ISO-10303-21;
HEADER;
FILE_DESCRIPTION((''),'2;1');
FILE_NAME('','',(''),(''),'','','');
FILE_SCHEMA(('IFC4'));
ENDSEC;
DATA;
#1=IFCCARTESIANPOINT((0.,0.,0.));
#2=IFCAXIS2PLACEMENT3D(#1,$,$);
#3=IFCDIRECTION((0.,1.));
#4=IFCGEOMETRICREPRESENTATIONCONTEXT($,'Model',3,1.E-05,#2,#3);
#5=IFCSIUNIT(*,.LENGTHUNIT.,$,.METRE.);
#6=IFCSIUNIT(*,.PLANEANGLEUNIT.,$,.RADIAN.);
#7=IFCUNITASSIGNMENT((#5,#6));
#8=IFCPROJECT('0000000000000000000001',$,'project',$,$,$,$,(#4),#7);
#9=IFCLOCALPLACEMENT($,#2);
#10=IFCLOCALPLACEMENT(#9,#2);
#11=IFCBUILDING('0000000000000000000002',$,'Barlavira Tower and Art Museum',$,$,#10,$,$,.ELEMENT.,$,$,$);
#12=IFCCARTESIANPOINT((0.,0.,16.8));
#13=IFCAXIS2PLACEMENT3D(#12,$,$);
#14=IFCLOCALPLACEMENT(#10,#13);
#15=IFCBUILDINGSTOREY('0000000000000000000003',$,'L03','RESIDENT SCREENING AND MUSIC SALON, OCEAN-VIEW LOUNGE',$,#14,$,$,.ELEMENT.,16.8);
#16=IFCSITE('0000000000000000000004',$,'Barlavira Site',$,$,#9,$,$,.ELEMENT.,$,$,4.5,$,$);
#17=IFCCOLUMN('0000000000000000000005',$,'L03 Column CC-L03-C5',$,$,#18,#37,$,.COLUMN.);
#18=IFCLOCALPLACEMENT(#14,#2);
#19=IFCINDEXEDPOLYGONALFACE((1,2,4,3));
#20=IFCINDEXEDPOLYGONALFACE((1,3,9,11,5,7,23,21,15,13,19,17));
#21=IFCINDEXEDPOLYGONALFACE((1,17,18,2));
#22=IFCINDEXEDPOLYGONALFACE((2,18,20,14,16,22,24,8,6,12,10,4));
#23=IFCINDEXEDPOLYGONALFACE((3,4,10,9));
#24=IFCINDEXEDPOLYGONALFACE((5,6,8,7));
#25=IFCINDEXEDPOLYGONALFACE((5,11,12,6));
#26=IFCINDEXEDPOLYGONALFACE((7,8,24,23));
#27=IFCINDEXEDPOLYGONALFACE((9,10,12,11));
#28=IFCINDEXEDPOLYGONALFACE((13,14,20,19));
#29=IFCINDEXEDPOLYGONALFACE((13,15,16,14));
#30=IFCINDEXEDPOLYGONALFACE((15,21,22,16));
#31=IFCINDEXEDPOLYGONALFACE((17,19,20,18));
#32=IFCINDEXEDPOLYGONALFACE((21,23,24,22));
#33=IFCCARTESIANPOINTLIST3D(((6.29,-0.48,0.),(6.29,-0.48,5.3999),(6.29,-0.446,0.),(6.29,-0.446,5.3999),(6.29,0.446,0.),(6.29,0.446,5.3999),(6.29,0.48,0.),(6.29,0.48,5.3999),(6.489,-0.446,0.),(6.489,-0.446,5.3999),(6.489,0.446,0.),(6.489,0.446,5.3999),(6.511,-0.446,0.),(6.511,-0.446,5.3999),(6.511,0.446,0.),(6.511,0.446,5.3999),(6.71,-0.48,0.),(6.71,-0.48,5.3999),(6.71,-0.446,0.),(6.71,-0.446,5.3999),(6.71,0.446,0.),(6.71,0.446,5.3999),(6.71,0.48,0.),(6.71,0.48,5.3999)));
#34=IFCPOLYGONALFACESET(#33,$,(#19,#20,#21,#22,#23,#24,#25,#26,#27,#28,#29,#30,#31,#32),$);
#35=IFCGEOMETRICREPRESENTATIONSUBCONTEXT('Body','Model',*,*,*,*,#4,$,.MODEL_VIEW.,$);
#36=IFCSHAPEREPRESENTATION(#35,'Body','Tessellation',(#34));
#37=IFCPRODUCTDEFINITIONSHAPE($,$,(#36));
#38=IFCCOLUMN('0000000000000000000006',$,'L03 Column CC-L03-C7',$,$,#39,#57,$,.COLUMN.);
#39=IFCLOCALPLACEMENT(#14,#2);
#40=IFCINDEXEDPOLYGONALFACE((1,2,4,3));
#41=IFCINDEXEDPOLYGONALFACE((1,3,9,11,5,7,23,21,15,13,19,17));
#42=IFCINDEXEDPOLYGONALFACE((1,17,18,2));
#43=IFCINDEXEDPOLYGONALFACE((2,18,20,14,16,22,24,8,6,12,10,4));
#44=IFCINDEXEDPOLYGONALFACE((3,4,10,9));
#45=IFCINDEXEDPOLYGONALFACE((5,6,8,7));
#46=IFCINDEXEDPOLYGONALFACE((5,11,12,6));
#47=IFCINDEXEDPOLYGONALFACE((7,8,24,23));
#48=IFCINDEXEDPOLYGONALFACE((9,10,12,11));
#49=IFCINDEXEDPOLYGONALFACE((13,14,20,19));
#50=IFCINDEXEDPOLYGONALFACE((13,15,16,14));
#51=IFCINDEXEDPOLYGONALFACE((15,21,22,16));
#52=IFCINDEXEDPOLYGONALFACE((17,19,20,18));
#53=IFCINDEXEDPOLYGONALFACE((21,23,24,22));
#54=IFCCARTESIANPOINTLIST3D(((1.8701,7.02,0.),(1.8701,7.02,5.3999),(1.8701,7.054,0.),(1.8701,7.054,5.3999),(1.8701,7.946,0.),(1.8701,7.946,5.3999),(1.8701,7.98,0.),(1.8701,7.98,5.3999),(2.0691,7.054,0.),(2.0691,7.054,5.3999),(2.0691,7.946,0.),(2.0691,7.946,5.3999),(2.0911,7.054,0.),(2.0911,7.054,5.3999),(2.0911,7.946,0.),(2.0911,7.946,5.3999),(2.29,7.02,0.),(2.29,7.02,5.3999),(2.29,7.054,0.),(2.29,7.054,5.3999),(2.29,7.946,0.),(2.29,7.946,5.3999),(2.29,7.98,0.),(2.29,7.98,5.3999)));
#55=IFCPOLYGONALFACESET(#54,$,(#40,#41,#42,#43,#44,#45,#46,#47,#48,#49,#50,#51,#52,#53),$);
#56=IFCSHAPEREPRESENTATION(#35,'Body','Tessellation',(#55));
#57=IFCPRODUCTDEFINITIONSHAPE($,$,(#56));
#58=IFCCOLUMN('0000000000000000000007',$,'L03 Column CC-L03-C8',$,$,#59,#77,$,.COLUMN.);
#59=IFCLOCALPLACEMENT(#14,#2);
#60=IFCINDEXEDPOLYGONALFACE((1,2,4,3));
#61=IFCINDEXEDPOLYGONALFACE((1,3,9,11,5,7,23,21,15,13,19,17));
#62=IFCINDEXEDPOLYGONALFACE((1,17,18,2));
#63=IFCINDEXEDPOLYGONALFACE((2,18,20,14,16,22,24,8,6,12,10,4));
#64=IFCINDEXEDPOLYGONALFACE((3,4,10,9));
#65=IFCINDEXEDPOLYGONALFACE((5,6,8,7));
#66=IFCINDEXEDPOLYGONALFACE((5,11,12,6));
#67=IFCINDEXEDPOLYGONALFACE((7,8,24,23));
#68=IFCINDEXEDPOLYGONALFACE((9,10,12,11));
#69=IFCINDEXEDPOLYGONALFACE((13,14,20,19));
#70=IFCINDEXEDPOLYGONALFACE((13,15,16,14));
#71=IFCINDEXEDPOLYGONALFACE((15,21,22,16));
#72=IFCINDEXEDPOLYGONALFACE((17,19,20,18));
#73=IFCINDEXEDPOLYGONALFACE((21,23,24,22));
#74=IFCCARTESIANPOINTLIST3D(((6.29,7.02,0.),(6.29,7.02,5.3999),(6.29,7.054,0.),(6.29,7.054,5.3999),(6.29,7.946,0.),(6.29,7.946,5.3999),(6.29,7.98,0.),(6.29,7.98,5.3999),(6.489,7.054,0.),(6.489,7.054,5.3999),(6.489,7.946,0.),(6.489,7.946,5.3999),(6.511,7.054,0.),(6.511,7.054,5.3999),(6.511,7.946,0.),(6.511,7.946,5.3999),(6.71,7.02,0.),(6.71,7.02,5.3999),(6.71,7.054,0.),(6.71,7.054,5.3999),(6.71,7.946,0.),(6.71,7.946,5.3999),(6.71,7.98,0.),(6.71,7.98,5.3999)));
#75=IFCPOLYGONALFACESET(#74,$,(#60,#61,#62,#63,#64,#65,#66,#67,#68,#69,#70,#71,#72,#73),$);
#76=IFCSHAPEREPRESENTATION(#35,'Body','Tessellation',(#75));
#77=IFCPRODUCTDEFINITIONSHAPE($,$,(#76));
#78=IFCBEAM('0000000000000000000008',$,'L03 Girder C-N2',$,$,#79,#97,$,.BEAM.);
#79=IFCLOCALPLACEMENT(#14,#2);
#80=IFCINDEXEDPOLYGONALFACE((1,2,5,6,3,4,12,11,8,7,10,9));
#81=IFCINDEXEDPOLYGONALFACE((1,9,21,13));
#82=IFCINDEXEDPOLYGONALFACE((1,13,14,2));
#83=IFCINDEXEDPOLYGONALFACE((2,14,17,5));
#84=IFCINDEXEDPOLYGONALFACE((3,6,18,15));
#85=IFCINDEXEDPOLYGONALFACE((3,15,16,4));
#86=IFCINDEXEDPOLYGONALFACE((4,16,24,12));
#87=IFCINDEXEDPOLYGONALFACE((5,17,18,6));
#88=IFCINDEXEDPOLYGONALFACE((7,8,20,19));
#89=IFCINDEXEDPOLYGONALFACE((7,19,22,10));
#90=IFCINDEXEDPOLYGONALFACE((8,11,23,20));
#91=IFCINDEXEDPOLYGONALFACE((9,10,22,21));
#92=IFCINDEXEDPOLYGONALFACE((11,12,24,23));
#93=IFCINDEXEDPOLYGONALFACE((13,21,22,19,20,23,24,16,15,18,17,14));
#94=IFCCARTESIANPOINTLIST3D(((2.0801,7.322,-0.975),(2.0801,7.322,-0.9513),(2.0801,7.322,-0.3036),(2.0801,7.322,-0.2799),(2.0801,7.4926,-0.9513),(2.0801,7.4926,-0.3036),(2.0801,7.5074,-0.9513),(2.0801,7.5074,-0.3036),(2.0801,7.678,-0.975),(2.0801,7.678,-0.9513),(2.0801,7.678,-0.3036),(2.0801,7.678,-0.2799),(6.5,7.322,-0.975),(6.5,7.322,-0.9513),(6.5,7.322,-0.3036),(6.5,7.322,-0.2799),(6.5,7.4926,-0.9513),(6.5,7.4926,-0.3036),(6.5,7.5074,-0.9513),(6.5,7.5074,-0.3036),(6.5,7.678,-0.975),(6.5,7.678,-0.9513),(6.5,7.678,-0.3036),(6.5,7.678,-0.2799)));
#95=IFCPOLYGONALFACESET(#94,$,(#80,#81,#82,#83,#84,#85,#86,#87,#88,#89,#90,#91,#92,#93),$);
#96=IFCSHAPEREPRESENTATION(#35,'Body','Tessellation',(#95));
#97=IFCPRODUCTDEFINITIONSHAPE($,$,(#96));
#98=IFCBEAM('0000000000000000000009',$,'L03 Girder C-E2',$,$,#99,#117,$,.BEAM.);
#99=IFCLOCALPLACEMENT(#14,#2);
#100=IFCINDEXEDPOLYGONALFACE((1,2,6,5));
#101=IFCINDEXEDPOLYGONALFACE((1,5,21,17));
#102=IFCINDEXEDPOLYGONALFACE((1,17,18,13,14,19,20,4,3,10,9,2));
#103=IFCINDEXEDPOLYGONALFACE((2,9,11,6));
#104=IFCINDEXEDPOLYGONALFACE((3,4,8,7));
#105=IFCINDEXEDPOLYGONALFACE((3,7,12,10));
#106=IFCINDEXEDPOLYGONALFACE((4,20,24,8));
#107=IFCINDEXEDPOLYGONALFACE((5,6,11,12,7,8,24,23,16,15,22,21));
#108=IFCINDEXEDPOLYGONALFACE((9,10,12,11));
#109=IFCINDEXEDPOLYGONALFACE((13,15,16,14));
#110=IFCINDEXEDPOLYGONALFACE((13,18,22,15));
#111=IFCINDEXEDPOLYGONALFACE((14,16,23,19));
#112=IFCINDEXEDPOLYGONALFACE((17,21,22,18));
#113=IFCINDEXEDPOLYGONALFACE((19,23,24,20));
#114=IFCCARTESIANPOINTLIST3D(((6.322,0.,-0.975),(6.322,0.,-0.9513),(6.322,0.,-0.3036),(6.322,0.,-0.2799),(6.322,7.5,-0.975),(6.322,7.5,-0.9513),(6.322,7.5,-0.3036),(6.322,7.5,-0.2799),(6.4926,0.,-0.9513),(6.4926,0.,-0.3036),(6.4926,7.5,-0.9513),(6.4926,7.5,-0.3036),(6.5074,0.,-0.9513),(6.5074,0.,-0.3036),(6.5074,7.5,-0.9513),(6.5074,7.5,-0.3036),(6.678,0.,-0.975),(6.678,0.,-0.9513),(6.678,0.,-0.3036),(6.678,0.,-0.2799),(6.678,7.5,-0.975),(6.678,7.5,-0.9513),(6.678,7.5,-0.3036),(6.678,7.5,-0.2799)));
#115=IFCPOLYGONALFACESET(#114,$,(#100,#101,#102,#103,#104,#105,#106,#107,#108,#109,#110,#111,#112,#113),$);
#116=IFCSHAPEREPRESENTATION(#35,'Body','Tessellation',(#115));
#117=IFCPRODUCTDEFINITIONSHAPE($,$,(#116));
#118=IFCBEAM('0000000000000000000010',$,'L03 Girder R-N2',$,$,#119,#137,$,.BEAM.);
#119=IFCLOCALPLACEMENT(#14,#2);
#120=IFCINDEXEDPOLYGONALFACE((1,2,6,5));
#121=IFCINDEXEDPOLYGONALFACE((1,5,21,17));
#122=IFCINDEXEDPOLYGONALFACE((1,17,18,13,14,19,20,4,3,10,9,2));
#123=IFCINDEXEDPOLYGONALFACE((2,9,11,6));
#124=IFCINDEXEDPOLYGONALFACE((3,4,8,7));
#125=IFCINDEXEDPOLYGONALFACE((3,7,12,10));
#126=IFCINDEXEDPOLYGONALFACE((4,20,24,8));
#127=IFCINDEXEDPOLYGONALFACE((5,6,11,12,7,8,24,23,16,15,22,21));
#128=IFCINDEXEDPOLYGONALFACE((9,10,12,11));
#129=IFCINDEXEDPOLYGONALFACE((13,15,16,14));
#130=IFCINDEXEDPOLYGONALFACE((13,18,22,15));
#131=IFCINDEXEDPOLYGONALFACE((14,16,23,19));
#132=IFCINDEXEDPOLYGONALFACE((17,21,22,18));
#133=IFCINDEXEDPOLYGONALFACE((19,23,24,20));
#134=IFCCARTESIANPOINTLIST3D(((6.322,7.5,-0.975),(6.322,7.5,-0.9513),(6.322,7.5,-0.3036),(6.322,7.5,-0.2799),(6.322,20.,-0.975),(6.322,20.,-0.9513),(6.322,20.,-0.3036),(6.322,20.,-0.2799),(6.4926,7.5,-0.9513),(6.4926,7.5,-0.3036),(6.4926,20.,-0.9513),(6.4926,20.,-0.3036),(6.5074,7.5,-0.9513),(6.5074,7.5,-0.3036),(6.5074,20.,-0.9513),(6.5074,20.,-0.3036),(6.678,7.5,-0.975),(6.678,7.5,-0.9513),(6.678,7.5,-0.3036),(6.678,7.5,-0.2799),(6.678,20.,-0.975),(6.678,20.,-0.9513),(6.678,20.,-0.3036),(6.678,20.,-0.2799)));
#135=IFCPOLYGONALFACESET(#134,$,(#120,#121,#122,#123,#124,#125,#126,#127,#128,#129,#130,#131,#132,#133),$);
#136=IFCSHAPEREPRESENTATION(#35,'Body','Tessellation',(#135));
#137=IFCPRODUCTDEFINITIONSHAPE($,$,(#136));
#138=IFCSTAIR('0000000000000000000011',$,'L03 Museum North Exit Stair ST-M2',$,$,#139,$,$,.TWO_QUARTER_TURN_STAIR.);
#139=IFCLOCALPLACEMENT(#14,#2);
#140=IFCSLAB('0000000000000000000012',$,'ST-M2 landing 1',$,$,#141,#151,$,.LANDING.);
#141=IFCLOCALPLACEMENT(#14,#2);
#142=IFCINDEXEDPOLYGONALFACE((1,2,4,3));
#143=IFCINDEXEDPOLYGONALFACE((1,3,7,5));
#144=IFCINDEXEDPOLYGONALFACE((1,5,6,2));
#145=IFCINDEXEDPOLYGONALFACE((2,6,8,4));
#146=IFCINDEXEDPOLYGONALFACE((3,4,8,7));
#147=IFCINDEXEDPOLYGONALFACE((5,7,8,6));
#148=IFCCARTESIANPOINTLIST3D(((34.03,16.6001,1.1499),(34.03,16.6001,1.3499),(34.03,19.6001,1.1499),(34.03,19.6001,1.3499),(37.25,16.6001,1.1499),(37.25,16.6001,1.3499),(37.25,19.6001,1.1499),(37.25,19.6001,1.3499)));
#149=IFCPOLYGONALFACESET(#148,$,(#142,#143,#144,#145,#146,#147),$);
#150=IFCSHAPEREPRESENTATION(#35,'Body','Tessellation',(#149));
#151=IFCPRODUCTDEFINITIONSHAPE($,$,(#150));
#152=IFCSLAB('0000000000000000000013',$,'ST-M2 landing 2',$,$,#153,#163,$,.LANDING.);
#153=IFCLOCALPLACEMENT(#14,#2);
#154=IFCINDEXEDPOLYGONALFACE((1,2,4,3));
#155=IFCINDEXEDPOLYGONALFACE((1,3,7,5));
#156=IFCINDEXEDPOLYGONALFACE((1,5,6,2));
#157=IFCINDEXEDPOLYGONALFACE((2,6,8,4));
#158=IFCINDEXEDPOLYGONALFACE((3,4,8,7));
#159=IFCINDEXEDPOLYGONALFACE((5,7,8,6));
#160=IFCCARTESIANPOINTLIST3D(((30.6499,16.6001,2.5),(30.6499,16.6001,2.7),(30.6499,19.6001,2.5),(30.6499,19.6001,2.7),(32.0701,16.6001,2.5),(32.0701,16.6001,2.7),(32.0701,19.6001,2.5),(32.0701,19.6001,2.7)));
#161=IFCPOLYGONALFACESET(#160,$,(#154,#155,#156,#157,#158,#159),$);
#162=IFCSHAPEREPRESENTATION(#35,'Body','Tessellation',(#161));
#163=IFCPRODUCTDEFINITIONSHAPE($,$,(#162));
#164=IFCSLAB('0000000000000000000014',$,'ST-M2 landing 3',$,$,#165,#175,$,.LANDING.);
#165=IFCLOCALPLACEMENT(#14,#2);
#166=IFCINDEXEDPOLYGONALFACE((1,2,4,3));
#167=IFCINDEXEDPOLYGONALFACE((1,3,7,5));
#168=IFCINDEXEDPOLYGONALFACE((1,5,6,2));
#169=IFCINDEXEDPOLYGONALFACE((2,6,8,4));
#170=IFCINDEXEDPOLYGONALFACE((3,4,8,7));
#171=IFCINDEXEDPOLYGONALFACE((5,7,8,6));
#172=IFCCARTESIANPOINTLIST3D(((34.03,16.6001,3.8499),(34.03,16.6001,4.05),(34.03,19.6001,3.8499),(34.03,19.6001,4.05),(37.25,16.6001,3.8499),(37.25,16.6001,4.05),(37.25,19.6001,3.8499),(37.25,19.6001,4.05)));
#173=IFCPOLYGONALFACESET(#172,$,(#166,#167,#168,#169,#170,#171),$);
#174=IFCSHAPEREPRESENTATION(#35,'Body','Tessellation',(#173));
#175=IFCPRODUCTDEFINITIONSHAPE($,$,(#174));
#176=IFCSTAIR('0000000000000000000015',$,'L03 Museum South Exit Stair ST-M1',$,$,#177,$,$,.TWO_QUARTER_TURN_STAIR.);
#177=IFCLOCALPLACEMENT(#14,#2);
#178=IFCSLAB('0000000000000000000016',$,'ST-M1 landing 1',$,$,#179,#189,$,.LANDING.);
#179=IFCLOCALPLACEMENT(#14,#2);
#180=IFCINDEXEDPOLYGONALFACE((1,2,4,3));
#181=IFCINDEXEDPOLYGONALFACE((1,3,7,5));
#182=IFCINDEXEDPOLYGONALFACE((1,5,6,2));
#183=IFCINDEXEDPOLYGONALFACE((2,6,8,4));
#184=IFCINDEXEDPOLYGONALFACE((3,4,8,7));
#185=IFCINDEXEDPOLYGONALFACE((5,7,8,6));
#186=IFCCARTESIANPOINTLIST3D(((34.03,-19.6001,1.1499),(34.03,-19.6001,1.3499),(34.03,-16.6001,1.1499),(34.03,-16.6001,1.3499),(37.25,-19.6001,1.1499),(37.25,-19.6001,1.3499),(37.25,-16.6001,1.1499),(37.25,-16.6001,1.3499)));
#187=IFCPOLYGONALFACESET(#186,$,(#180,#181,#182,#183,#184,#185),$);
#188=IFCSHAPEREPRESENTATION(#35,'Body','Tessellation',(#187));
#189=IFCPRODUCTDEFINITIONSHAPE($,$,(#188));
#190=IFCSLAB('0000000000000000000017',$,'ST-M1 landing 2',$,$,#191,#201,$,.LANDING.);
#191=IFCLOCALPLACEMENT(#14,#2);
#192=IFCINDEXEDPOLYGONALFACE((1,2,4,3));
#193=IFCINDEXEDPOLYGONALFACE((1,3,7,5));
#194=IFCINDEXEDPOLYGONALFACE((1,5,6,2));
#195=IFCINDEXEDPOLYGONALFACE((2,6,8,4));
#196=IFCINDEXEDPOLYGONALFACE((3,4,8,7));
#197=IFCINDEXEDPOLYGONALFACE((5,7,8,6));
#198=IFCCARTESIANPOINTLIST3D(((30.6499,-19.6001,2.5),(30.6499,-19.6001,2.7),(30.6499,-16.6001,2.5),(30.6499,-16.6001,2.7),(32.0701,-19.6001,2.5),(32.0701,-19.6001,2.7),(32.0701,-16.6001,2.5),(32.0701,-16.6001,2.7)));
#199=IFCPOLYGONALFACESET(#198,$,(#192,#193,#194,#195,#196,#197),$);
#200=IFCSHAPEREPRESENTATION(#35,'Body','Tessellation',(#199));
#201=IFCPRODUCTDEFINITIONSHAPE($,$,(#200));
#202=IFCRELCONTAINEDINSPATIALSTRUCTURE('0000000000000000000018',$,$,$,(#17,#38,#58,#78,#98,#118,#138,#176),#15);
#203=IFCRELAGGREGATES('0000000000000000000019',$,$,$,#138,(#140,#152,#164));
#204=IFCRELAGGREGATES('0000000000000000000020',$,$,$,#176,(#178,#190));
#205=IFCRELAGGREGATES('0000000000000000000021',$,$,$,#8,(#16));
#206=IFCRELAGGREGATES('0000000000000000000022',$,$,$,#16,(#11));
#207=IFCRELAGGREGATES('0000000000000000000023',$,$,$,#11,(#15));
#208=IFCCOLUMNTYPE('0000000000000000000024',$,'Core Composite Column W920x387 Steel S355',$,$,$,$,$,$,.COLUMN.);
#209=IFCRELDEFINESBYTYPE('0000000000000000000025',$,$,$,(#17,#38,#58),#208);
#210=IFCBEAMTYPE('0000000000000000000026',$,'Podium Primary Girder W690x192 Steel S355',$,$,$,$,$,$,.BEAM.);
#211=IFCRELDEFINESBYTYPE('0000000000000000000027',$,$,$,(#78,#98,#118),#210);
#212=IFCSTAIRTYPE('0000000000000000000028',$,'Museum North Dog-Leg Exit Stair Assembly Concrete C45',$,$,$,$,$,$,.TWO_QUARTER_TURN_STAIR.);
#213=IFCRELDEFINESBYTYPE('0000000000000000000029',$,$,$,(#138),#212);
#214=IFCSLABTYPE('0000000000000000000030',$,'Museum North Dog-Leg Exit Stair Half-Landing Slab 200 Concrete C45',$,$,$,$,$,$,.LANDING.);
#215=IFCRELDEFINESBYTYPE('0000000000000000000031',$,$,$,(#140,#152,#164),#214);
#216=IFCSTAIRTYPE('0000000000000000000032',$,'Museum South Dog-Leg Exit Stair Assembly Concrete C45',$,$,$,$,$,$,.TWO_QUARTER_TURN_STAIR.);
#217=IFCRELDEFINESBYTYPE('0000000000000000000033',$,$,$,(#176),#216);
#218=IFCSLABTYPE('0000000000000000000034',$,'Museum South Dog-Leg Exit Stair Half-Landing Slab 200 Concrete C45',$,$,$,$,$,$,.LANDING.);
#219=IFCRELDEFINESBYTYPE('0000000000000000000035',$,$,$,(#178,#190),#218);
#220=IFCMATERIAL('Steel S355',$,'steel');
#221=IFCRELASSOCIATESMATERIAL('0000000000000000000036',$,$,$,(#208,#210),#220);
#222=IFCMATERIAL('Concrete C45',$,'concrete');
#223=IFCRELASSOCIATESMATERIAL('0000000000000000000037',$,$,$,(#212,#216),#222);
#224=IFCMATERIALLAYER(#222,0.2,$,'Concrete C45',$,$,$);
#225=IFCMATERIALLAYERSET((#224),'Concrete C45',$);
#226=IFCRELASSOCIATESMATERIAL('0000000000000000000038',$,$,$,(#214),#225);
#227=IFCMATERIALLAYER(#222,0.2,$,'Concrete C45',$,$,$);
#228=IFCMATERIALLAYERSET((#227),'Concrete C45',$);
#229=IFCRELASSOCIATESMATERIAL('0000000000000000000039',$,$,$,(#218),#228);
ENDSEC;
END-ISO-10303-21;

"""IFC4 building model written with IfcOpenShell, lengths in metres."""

from ifc_helpers import new_model, si_unit, direction, frame, origin, origin_2d, place, context, subcontext, project, spatial, polyline, i_section, outline, extrude, material, layer, layer_set, material_profile, profile_set, type_object, element, aggregate, save


model = new_model("IFC4")

# Units and contexts
model_context = context("Model", 3, precision=1e-05, world=origin(), true_north=direction((0.0, 1.0)))
body_context = subcontext(model_context, "Body", "Model", "MODEL_VIEW")
ifc_project = project(units=[si_unit("LENGTHUNIT", "METRE"), si_unit("PLANEANGLEUNIT", "RADIAN")], contexts=[model_context])

# Site, building, storey
site_placement = place(None, origin())
site = spatial("IfcSite", under=ifc_project, at=site_placement, Name="Barlavira Site", CompositionType="ELEMENT", RefElevation=4.5)
building_placement = place(site_placement, origin())
building = spatial("IfcBuilding", under=site, at=building_placement, Name="Barlavira Tower and Art Museum", CompositionType="ELEMENT")
storey_placement = place(building_placement, frame((0.0, 0.0, 16.8)))
storey = spatial("IfcBuildingStorey", under=building, at=storey_placement, Name="L03", Description="RESIDENT SCREENING AND MUSIC SALON, OCEAN-VIEW LOUNGE", CompositionType="ELEMENT", Elevation=16.8)

# Columns
ifc_material_1 = material(Name="Steel S355", Category="steel")
ifc_material_profile_1 = material_profile(ifc_material_1, i_section(OverallWidth=0.4199, OverallDepth=0.96, WebThickness=0.022, FlangeThickness=0.0339, at=origin_2d()), Name="W920x387.0")
ifc_profile_set_1 = profile_set([ifc_material_profile_1], Name="Steel S355")
column_type = type_object("IfcColumnType", Name="Core Composite Column W920x387 Steel S355", PredefinedType="COLUMN", material=ifc_profile_set_1)
for number, where, z_axis, x_axis, name in (
    (1, (6.5, 0.0, 0.0), (0.0, 0.0, 1.0), (1.0, 0.0, 0.0), "L03 Column CC-L03-C5"),
    (2, (2.0801, 7.5, 0.0), (0.0, 0.0, 1.0), (1.0, 0.0, 0.0), "L03 Column CC-L03-C7"),
    (3, (6.5, 7.5, 0.0), (0.0, 0.0, 1.0), (1.0, 0.0, 0.0), "L03 Column CC-L03-C8"),
):
    element("IfcColumn", number, at=place(storey_placement, frame(where, z_axis=z_axis, x_axis=x_axis)), inside=storey, type_object=column_type, Name=name, PredefinedType="COLUMN", context=body_context, shape_type="SweptSolid", body=[
        extrude(i_section(OverallWidth=0.4199, OverallDepth=0.96, WebThickness=0.022, FlangeThickness=0.0339, at=origin_2d()), origin(), (0.0, 0.0, 1.0), 5.3999),
    ])

# Beams
ifc_material_profile_2 = material_profile(ifc_material_1, i_section(OverallWidth=0.356, OverallDepth=0.6951, WebThickness=0.0149, FlangeThickness=0.0237, at=origin_2d()), Name="W690x192.0")
ifc_profile_set_2 = profile_set([ifc_material_profile_2], Name="Steel S355")
beam_type = type_object("IfcBeamType", Name="Podium Primary Girder W690x192 Steel S355", PredefinedType="BEAM", material=ifc_profile_set_2)
beam_1_placement = place(storey_placement, frame((2.0801, 7.5, -0.6274), z_axis=(1.0, 0.0, 0.0), x_axis=(0.0, 1.0, 0.0)))
element("IfcBeam", 4, at=beam_1_placement, inside=storey, type_object=beam_type, Name="L03 Girder C-N2", PredefinedType="BEAM", context=body_context, shape_type="SweptSolid", body=[
    extrude(i_section(OverallWidth=0.356, OverallDepth=0.6951, WebThickness=0.0149, FlangeThickness=0.0237, at=origin_2d()), origin(), (0.0, 0.0, 1.0), 4.4199),
])
beam_2_placement = place(storey_placement, frame((6.5, 0.0, -0.6274), z_axis=(0.0, 1.0, 0.0), x_axis=(-1.0, 0.0, 0.0)))
element("IfcBeam", 5, at=beam_2_placement, inside=storey, type_object=beam_type, Name="L03 Girder C-E2", PredefinedType="BEAM", context=body_context, shape_type="SweptSolid", body=[
    extrude(i_section(OverallWidth=0.356, OverallDepth=0.6951, WebThickness=0.0149, FlangeThickness=0.0237, at=origin_2d()), origin(), (0.0, 0.0, 1.0), 7.5),
])
beam_3_placement = place(storey_placement, frame((6.5, 7.5, -0.6274), z_axis=(0.0, 1.0, 0.0), x_axis=(-1.0, 0.0, 0.0)))
element("IfcBeam", 6, at=beam_3_placement, inside=storey, type_object=beam_type, Name="L03 Girder R-N2", PredefinedType="BEAM", context=body_context, shape_type="SweptSolid", body=[
    extrude(i_section(OverallWidth=0.356, OverallDepth=0.6951, WebThickness=0.0149, FlangeThickness=0.0237, at=origin_2d()), origin(), (0.0, 0.0, 1.0), 12.5),
])

# Stairs, slabs
ifc_material_2 = material(Name="Concrete C45", Category="concrete")
stair_type_1 = type_object("IfcStairType", Name="Museum North Dog-Leg Exit Stair Assembly Concrete C45", PredefinedType="TWO_QUARTER_TURN_STAIR", material=ifc_material_2)
stair_1_placement = place(storey_placement, origin())
stair_1 = element("IfcStair", 7, at=stair_1_placement, inside=storey, type_object=stair_type_1, Name="L03 Museum North Exit Stair ST-M2", PredefinedType="TWO_QUARTER_TURN_STAIR")
ifc_layer_1 = layer(ifc_material_2, 0.2, Name="Concrete C45")
ifc_layer_set_1 = layer_set([ifc_layer_1], Name="Concrete C45")
slab_type_1 = type_object("IfcSlabType", Name="Museum North Dog-Leg Exit Stair Half-Landing Slab 200 Concrete C45", PredefinedType="LANDING", material=ifc_layer_set_1)
slab_1_placement = place(storey_placement, frame((0.0, 0.0, 1.1499)))
slab_1 = element("IfcSlab", 8, at=slab_1_placement, type_object=slab_type_1, Name="ST-M2 landing 1", PredefinedType="LANDING", context=body_context, shape_type="SweptSolid", body=[
    extrude(outline(polyline([(34.03, 16.6001), (37.25, 16.6001), (37.25, 19.6001), (34.03, 19.6001), (34.03, 16.6001)])), origin(), (0.0, 0.0, 1.0), 0.2),
])
slab_2_placement = place(storey_placement, frame((0.0, 0.0, 2.5)))
slab_2 = element("IfcSlab", 9, at=slab_2_placement, type_object=slab_type_1, Name="ST-M2 landing 2", PredefinedType="LANDING", context=body_context, shape_type="SweptSolid", body=[
    extrude(outline(polyline([(30.6499, 16.6001), (32.0701, 16.6001), (32.0701, 19.6001), (30.6499, 19.6001), (30.6499, 16.6001)])), origin(), (0.0, 0.0, 1.0), 0.2),
])
slab_3_placement = place(storey_placement, frame((0.0, 0.0, 3.8499)))
slab_3 = element("IfcSlab", 10, at=slab_3_placement, type_object=slab_type_1, Name="ST-M2 landing 3", PredefinedType="LANDING", context=body_context, shape_type="SweptSolid", body=[
    extrude(outline(polyline([(34.03, 16.6001), (37.25, 16.6001), (37.25, 19.6001), (34.03, 19.6001), (34.03, 16.6001)])), origin(), (0.0, 0.0, 1.0), 0.2002),
])
aggregate(stair_1, [slab_1, slab_2, slab_3])
stair_type_2 = type_object("IfcStairType", Name="Museum South Dog-Leg Exit Stair Assembly Concrete C45", PredefinedType="TWO_QUARTER_TURN_STAIR", material=ifc_material_2)
stair_2_placement = place(storey_placement, origin())
stair_2 = element("IfcStair", 11, at=stair_2_placement, inside=storey, type_object=stair_type_2, Name="L03 Museum South Exit Stair ST-M1", PredefinedType="TWO_QUARTER_TURN_STAIR")
ifc_layer_2 = layer(ifc_material_2, 0.2, Name="Concrete C45")
ifc_layer_set_2 = layer_set([ifc_layer_2], Name="Concrete C45")
slab_type_2 = type_object("IfcSlabType", Name="Museum South Dog-Leg Exit Stair Half-Landing Slab 200 Concrete C45", PredefinedType="LANDING", material=ifc_layer_set_2)
slab_4_placement = place(storey_placement, frame((0.0, 0.0, 1.1499)))
slab_4 = element("IfcSlab", 12, at=slab_4_placement, type_object=slab_type_2, Name="ST-M1 landing 1", PredefinedType="LANDING", context=body_context, shape_type="SweptSolid", body=[
    extrude(outline(polyline([(34.03, -19.6001), (37.25, -19.6001), (37.25, -16.6001), (34.03, -16.6001), (34.03, -19.6001)])), origin(), (0.0, 0.0, 1.0), 0.2),
])
slab_5_placement = place(storey_placement, frame((0.0, 0.0, 2.5)))
slab_5 = element("IfcSlab", 13, at=slab_5_placement, type_object=slab_type_2, Name="ST-M1 landing 2", PredefinedType="LANDING", context=body_context, shape_type="SweptSolid", body=[
    extrude(outline(polyline([(30.6499, -19.6001), (32.0701, -19.6001), (32.0701, -16.6001), (30.6499, -16.6001), (30.6499, -19.6001)])), origin(), (0.0, 0.0, 1.0), 0.2),
])
aggregate(stair_2, [slab_4, slab_5])

save(model, "model.ifc")
